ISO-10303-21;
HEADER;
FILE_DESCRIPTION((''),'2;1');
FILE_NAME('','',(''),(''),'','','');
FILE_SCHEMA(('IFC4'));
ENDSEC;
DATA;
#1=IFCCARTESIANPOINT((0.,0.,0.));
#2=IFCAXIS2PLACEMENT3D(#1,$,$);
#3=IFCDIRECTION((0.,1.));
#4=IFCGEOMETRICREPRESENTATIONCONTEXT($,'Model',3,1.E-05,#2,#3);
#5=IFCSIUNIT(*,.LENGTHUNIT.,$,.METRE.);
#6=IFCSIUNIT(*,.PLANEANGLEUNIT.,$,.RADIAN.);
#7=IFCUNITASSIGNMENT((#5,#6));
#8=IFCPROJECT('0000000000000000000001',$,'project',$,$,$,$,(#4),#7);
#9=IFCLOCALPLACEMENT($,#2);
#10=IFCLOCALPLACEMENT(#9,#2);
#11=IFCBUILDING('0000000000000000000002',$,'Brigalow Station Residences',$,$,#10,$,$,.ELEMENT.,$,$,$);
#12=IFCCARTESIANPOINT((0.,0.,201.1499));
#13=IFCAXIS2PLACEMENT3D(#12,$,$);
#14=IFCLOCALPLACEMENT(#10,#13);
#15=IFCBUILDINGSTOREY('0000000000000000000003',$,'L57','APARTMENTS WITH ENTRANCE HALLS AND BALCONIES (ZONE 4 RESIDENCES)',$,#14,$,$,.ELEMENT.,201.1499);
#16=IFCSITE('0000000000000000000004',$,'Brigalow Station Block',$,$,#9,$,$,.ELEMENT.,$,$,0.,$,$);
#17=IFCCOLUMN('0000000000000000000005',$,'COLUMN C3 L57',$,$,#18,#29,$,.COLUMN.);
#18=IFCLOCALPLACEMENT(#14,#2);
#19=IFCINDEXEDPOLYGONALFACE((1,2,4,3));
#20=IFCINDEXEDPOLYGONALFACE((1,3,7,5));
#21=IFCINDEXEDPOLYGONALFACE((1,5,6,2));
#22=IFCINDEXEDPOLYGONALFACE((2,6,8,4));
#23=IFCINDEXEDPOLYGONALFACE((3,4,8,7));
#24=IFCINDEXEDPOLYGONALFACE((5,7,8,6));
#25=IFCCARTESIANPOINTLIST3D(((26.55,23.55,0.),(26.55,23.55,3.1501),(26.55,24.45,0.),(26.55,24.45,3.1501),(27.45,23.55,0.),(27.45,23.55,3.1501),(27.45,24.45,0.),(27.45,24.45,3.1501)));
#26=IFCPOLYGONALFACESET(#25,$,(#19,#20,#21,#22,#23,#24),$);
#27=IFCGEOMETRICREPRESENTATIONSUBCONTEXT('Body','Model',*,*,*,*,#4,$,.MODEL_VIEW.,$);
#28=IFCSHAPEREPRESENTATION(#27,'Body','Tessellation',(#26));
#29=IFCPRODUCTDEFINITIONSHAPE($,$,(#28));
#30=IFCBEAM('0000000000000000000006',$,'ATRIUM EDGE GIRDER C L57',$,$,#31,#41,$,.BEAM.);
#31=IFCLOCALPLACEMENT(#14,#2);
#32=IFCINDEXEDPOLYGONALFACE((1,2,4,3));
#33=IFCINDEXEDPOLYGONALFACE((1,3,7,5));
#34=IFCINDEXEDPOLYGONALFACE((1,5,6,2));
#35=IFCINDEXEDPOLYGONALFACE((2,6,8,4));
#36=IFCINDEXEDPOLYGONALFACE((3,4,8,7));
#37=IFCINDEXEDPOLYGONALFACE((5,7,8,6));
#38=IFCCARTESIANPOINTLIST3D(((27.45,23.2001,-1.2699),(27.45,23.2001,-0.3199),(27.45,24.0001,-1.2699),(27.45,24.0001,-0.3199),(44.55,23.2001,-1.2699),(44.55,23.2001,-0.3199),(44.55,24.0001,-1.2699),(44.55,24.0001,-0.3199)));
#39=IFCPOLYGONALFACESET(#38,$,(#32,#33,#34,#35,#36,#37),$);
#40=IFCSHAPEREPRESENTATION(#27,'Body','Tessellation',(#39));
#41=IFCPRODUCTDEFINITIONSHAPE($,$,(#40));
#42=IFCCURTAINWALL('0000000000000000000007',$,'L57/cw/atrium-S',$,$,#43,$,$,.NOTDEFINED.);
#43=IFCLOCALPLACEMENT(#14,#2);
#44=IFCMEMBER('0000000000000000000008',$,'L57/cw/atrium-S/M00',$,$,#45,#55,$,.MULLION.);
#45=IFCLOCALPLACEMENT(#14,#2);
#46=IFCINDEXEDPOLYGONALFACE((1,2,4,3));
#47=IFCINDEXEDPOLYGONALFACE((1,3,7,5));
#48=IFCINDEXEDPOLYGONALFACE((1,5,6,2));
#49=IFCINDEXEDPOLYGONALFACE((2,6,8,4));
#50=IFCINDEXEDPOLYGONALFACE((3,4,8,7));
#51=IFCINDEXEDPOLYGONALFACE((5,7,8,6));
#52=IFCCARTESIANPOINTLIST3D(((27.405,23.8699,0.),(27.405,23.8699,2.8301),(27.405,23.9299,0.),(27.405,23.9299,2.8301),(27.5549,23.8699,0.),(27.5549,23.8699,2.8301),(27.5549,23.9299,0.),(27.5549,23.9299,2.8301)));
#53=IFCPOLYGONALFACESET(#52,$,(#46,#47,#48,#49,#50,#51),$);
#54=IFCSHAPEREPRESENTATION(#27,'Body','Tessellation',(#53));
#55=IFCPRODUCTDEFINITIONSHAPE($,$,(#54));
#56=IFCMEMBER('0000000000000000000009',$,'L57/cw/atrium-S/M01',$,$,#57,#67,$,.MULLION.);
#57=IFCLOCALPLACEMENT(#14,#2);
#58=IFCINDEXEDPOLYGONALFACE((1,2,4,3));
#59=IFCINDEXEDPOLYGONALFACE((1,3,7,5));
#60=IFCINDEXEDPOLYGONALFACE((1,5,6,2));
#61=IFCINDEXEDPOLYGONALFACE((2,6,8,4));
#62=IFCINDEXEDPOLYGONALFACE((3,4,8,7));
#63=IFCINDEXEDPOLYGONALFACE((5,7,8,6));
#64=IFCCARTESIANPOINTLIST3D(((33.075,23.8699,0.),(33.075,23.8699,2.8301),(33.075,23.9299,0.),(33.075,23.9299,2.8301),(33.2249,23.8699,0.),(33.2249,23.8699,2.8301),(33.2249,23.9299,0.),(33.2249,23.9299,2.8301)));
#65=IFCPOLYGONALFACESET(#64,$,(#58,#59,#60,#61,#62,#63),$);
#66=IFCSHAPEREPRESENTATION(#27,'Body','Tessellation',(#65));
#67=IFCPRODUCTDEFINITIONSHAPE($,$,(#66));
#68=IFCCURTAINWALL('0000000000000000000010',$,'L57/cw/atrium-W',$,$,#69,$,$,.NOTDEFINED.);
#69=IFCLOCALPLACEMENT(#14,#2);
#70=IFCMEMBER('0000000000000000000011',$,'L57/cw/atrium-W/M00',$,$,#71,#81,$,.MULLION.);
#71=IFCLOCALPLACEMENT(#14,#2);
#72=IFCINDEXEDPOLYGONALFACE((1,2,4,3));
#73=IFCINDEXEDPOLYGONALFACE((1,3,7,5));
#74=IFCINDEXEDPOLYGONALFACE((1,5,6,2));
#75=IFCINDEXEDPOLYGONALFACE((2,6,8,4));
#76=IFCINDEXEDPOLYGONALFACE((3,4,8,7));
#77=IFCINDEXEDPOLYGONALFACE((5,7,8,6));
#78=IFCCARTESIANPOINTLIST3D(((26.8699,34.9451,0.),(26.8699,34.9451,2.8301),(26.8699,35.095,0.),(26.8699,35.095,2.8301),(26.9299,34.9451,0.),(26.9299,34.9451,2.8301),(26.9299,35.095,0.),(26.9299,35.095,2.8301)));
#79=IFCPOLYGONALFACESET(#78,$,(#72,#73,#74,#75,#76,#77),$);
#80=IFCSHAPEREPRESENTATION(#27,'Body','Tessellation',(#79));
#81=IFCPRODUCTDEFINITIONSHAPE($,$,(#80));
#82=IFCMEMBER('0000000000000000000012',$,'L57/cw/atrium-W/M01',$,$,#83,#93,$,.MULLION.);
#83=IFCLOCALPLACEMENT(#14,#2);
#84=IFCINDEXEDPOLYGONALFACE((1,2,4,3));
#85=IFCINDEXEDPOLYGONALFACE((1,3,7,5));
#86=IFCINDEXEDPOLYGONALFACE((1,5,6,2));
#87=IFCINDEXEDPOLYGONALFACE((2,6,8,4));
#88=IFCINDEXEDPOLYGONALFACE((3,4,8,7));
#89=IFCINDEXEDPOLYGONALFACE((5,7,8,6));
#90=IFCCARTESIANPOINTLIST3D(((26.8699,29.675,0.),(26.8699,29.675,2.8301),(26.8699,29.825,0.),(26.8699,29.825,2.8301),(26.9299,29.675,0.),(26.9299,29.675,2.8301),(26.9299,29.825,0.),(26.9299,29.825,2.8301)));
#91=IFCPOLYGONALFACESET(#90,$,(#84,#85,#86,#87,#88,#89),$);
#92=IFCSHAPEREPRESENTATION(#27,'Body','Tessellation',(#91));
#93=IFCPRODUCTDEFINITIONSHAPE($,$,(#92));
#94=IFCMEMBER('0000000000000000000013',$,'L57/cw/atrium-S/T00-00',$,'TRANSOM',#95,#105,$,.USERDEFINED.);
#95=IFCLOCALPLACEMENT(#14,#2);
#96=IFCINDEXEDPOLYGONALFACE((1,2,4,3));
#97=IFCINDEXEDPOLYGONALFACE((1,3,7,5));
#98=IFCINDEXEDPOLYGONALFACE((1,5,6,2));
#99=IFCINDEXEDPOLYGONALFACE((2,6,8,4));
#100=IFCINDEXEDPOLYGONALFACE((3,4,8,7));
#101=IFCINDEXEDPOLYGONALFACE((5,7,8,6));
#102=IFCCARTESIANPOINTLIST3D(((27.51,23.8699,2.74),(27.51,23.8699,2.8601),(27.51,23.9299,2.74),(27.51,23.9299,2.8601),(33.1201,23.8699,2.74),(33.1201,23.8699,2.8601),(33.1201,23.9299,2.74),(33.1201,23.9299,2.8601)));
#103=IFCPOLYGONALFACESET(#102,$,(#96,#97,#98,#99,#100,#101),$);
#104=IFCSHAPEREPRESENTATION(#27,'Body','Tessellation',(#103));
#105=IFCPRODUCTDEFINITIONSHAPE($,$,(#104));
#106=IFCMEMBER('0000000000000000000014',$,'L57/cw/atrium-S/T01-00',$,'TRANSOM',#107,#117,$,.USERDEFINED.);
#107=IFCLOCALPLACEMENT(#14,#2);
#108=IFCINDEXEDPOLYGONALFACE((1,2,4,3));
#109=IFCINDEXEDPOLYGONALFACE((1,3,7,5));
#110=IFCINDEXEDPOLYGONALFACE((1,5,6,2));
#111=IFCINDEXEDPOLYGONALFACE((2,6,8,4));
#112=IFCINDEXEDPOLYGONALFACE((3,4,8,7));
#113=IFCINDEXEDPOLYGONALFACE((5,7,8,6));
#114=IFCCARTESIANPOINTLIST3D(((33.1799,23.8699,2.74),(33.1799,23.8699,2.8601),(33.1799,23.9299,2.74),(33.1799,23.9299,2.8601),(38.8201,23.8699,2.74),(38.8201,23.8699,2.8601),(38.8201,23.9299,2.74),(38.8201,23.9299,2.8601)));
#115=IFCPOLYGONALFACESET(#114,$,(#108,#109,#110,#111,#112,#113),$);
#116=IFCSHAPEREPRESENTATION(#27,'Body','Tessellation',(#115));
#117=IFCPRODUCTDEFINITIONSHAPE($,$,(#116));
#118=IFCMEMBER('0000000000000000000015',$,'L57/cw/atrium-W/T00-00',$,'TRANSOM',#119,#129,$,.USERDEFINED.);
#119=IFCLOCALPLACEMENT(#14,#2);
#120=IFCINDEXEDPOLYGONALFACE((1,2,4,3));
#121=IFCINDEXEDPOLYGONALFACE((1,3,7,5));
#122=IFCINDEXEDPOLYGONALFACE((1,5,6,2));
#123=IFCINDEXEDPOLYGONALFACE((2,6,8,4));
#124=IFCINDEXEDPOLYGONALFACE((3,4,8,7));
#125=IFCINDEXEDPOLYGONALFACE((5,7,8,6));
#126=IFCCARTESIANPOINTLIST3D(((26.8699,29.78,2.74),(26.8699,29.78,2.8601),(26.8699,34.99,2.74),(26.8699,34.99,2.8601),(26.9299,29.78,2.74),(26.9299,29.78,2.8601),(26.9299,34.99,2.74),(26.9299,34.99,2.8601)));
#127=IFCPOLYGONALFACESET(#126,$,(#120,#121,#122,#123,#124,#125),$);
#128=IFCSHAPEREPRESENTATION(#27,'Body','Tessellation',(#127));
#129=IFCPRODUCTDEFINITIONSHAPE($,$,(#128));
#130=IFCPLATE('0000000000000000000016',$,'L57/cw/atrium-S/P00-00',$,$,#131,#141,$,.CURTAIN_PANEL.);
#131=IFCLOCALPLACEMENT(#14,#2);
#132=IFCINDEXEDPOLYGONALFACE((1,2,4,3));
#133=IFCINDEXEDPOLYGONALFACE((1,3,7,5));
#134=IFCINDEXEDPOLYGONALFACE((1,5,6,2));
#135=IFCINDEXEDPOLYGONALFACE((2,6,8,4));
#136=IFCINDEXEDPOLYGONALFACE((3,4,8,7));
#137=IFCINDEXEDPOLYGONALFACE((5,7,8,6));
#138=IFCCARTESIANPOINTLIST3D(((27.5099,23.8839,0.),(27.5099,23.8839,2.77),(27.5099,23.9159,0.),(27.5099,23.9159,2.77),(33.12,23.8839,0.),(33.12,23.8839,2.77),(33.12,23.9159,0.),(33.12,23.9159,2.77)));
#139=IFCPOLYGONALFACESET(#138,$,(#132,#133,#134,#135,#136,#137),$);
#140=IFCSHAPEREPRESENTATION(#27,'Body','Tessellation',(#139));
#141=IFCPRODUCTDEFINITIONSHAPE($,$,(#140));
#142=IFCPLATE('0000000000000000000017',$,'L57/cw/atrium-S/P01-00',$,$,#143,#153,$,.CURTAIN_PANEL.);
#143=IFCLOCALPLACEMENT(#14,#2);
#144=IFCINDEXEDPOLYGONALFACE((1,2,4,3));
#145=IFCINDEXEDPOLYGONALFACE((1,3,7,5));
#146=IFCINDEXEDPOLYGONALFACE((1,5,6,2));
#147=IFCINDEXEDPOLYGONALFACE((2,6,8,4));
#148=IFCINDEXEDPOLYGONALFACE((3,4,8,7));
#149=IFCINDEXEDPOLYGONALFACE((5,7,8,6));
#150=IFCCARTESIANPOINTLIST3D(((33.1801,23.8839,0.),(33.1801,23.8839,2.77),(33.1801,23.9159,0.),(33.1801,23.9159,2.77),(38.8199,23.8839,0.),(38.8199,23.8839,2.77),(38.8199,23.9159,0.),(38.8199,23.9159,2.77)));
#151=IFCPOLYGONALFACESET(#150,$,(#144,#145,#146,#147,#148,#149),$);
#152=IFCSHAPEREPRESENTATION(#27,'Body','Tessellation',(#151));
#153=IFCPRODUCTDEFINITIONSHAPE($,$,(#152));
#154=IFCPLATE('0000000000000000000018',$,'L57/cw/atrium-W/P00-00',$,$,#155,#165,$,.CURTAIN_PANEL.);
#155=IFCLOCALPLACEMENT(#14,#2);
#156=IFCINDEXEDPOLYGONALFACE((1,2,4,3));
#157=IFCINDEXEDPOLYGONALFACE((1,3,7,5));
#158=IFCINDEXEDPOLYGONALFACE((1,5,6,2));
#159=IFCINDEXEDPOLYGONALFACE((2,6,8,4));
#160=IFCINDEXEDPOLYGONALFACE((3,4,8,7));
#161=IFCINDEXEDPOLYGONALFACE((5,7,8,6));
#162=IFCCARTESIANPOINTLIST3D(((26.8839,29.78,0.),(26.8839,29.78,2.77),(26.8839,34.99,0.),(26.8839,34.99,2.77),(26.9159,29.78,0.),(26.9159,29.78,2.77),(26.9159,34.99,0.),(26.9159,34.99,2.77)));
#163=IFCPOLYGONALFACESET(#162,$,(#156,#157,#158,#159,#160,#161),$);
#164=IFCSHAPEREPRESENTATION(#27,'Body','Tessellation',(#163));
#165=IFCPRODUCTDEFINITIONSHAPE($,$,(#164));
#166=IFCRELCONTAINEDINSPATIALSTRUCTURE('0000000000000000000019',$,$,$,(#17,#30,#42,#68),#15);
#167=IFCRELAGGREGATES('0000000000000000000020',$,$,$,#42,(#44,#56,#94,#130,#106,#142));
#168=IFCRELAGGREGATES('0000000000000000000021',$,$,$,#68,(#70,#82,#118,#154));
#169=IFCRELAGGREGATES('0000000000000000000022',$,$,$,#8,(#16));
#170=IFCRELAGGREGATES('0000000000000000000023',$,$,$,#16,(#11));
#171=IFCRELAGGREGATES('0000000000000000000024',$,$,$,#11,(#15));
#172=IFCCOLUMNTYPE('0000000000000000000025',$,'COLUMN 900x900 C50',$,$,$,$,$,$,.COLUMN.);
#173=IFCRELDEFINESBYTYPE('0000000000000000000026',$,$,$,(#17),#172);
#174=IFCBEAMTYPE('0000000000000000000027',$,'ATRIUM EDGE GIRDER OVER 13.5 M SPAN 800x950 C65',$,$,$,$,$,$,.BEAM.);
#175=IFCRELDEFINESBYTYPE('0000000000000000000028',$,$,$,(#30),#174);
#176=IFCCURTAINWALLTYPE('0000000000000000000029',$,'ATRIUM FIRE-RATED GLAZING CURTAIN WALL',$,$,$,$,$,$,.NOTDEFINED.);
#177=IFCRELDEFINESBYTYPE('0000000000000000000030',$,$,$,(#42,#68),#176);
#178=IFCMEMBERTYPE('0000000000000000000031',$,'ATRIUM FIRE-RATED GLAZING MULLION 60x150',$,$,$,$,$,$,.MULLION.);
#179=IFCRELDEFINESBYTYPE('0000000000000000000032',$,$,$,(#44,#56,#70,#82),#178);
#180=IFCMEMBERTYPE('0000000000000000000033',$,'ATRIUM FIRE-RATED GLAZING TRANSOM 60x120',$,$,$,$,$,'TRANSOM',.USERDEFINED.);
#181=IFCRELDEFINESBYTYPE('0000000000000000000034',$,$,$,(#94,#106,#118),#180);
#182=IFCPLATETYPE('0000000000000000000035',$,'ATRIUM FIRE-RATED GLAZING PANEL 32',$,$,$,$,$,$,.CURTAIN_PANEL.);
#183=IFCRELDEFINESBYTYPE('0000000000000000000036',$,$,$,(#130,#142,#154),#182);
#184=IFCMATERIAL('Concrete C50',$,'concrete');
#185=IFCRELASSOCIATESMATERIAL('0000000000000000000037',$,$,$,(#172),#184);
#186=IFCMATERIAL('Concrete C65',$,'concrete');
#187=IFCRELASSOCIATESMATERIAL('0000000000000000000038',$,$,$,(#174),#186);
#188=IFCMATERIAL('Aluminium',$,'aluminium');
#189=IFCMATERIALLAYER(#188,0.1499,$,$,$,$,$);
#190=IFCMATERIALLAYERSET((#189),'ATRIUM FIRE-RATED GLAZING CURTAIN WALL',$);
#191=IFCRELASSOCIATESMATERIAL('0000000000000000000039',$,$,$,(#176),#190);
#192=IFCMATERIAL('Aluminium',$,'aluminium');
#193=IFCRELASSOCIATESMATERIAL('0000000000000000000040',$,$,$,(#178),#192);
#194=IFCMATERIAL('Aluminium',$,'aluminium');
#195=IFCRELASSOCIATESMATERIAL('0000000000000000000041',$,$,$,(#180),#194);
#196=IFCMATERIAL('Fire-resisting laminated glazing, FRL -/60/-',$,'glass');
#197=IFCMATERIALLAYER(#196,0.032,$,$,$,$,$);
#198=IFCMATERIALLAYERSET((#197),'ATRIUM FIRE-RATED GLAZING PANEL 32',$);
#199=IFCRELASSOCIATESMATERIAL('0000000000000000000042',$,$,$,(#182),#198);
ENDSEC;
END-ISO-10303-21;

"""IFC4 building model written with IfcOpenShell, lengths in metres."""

from ifc_helpers import new_model, si_unit, direction, frame, origin, origin_2d, place, context, subcontext, project, spatial, rectangle, extrude, material, layer, layer_set, material_profile, profile_set, type_object, element, aggregate, save


model = new_model("IFC4")

# Units and contexts
model_context = context("Model", 3, precision=1e-05, world=origin(), true_north=direction((0.0, 1.0)))
body_context = subcontext(model_context, "Body", "Model", "MODEL_VIEW")
ifc_project = project(units=[si_unit("LENGTHUNIT", "METRE"), si_unit("PLANEANGLEUNIT", "RADIAN")], contexts=[model_context])

# Site, building, storey
site_placement = place(None, origin())
site = spatial("IfcSite", under=ifc_project, at=site_placement, Name="Brigalow Station Block", CompositionType="ELEMENT", RefElevation=0.0)
building_placement = place(site_placement, origin())
building = spatial("IfcBuilding", under=site, at=building_placement, Name="Brigalow Station Residences", CompositionType="ELEMENT")
storey_placement = place(building_placement, frame((0.0, 0.0, 201.1499)))
storey = spatial("IfcBuildingStorey", under=building, at=storey_placement, Name="L57", Description="APARTMENTS WITH ENTRANCE HALLS AND BALCONIES (ZONE 4 RESIDENCES)", CompositionType="ELEMENT", Elevation=201.1499)

# Column
ifc_material_1 = material(Name="Concrete C50", Category="concrete")
ifc_material_profile_1 = material_profile(ifc_material_1, rectangle(XDim=0.8999, YDim=0.8999, at=origin_2d()), Name="RC900x900")
ifc_profile_set_1 = profile_set([ifc_material_profile_1], Name="Concrete C50")
column_type = type_object("IfcColumnType", Name="COLUMN 900x900 C50", PredefinedType="COLUMN", material=ifc_profile_set_1)
column_placement = place(storey_placement, frame((27.0, 24.0, 0.0), z_axis=(0.0, 0.0, 1.0), x_axis=(1.0, 0.0, 0.0)))
element("IfcColumn", 1, at=column_placement, inside=storey, type_object=column_type, Name="COLUMN C3 L57", PredefinedType="COLUMN", context=body_context, shape_type="SweptSolid", body=[
    extrude(rectangle(XDim=0.8999, YDim=0.8999, at=origin_2d()), origin(), (0.0, 0.0, 1.0), 3.1501),
])

# Beam
ifc_material_2 = material(Name="Concrete C65", Category="concrete")
ifc_material_profile_2 = material_profile(ifc_material_2, rectangle(XDim=0.8, YDim=0.95, at=origin_2d()), Name="RC800x950")
ifc_profile_set_2 = profile_set([ifc_material_profile_2], Name="Concrete C65")
beam_type = type_object("IfcBeamType", Name="ATRIUM EDGE GIRDER OVER 13.5 M SPAN 800x950 C65", PredefinedType="BEAM", material=ifc_profile_set_2)
beam_placement = place(storey_placement, frame((27.45, 23.6001, -0.7949), z_axis=(1.0, 0.0, 0.0), x_axis=(0.0, 1.0, 0.0)))
element("IfcBeam", 2, at=beam_placement, inside=storey, type_object=beam_type, Name="ATRIUM EDGE GIRDER C L57", PredefinedType="BEAM", context=body_context, shape_type="SweptSolid", body=[
    extrude(rectangle(XDim=0.8, YDim=0.95, at=origin_2d()), origin(), (0.0, 0.0, 1.0), 17.1001),
])

# Curtain walls, members
ifc_material_3 = material(Name="Aluminium", Category="aluminium")
ifc_layer_1 = layer(ifc_material_3, 0.1499)
ifc_layer_set_1 = layer_set([ifc_layer_1], Name="ATRIUM FIRE-RATED GLAZING CURTAIN WALL")
curtain_wall_type = type_object("IfcCurtainWallType", Name="ATRIUM FIRE-RATED GLAZING CURTAIN WALL", PredefinedType="NOTDEFINED", material=ifc_layer_set_1)
curtain_wall_1_placement = place(storey_placement, origin())
curtain_wall_1 = element("IfcCurtainWall", 3, at=curtain_wall_1_placement, inside=storey, type_object=curtain_wall_type, Name="L57/cw/atrium-S", PredefinedType="NOTDEFINED")
ifc_material_4 = material(Name="Aluminium", Category="aluminium")
ifc_material_profile_3 = material_profile(ifc_material_4, rectangle(XDim=0.0601, YDim=0.1499, at=origin_2d()), Name="ATRIUM FIRE-RATED GLAZING MULLION 60x150")
ifc_profile_set_3 = profile_set([ifc_material_profile_3], Name="Aluminium")
member_type_1 = type_object("IfcMemberType", Name="ATRIUM FIRE-RATED GLAZING MULLION 60x150", PredefinedType="MULLION", material=ifc_profile_set_3)
member_1_placement = place(storey_placement, frame((27.48, 23.8999, 0.0), z_axis=(0.0, 0.0, 1.0), x_axis=(0.0, 1.0, 0.0)))
member_1 = element("IfcMember", 4, at=member_1_placement, type_object=member_type_1, Name="L57/cw/atrium-S/M00", PredefinedType="MULLION", context=body_context, shape_type="SweptSolid", body=[
    extrude(rectangle(XDim=0.0601, YDim=0.1499, at=origin_2d()), origin(), (0.0, 0.0, 1.0), 2.8301),
])
member_2_placement = place(storey_placement, frame((33.1499, 23.8999, 0.0), z_axis=(0.0, 0.0, 1.0), x_axis=(0.0, 1.0, 0.0)))
member_2 = element("IfcMember", 5, at=member_2_placement, type_object=member_type_1, Name="L57/cw/atrium-S/M01", PredefinedType="MULLION", context=body_context, shape_type="SweptSolid", body=[
    extrude(rectangle(XDim=0.0601, YDim=0.1499, at=origin_2d()), origin(), (0.0, 0.0, 1.0), 2.8301),
])
curtain_wall_2_placement = place(storey_placement, origin())
curtain_wall_2 = element("IfcCurtainWall", 6, at=curtain_wall_2_placement, inside=storey, type_object=curtain_wall_type, Name="L57/cw/atrium-W", PredefinedType="NOTDEFINED")
member_3_placement = place(storey_placement, frame((26.8999, 35.02, 0.0), z_axis=(0.0, 0.0, 1.0), x_axis=(1.0, 0.0, 0.0)))
member_3 = element("IfcMember", 7, at=member_3_placement, type_object=member_type_1, Name="L57/cw/atrium-W/M00", PredefinedType="MULLION", context=body_context, shape_type="SweptSolid", body=[
    extrude(rectangle(XDim=0.0601, YDim=0.1499, at=origin_2d()), origin(), (0.0, 0.0, 1.0), 2.8301),
])
member_4_placement = place(storey_placement, frame((26.8999, 29.75, 0.0), z_axis=(0.0, 0.0, 1.0), x_axis=(1.0, 0.0, 0.0)))
member_4 = element("IfcMember", 8, at=member_4_placement, type_object=member_type_1, Name="L57/cw/atrium-W/M01", PredefinedType="MULLION", context=body_context, shape_type="SweptSolid", body=[
    extrude(rectangle(XDim=0.0601, YDim=0.1499, at=origin_2d()), origin(), (0.0, 0.0, 1.0), 2.8301),
])

# Members
ifc_material_5 = material(Name="Aluminium", Category="aluminium")
ifc_material_profile_4 = material_profile(ifc_material_5, rectangle(XDim=0.0601, YDim=0.1201, at=origin_2d()), Name="ATRIUM FIRE-RATED GLAZING TRANSOM 60x120")
ifc_profile_set_4 = profile_set([ifc_material_profile_4], Name="Aluminium")
member_type_2 = type_object("IfcMemberType", Name="ATRIUM FIRE-RATED GLAZING TRANSOM 60x120", ElementType="TRANSOM", PredefinedType="USERDEFINED", material=ifc_profile_set_4)
member_5_placement = place(storey_placement, frame((27.51, 23.8999, 2.8), z_axis=(1.0, 0.0, 0.0), x_axis=(0.0, 1.0, 0.0)))
member_5 = element("IfcMember", 9, at=member_5_placement, type_object=member_type_2, Name="L57/cw/atrium-S/T00-00", ObjectType="TRANSOM", PredefinedType="USERDEFINED", context=body_context, shape_type="SweptSolid", body=[
    extrude(rectangle(XDim=0.0601, YDim=0.1201, at=origin_2d()), origin(), (0.0, 0.0, 1.0), 5.6101),
])
member_6_placement = place(storey_placement, frame((33.1799, 23.8999, 2.8), z_axis=(1.0, 0.0, 0.0), x_axis=(0.0, 1.0, 0.0)))
member_6 = element("IfcMember", 10, at=member_6_placement, type_object=member_type_2, Name="L57/cw/atrium-S/T01-00", ObjectType="TRANSOM", PredefinedType="USERDEFINED", context=body_context, shape_type="SweptSolid", body=[
    extrude(rectangle(XDim=0.0601, YDim=0.1201, at=origin_2d()), origin(), (0.0, 0.0, 1.0), 5.6401),
])
member_7_placement = place(storey_placement, frame((26.8999, 34.99, 2.8), z_axis=(0.0, -1.0, 0.0), x_axis=(1.0, 0.0, 0.0)))
member_7 = element("IfcMember", 11, at=member_7_placement, type_object=member_type_2, Name="L57/cw/atrium-W/T00-00", ObjectType="TRANSOM", PredefinedType="USERDEFINED", context=body_context, shape_type="SweptSolid", body=[
    extrude(rectangle(XDim=0.0601, YDim=0.1201, at=origin_2d()), origin(), (0.0, 0.0, 1.0), 5.21),
])

# Plates
ifc_material_6 = material(Name="Fire-resisting laminated glazing, FRL -/60/-", Category="glass")
ifc_layer_2 = layer(ifc_material_6, 0.032)
ifc_layer_set_2 = layer_set([ifc_layer_2], Name="ATRIUM FIRE-RATED GLAZING PANEL 32")
plate_type = type_object("IfcPlateType", Name="ATRIUM FIRE-RATED GLAZING PANEL 32", PredefinedType="CURTAIN_PANEL", material=ifc_layer_set_2)
plate_1_placement = place(storey_placement, frame((30.3149, 23.8999, 0.0), z_axis=(0.0, 0.0, 1.0), x_axis=(1.0, 0.0, 0.0)))
plate_1 = element("IfcPlate", 12, at=plate_1_placement, type_object=plate_type, Name="L57/cw/atrium-S/P00-00", PredefinedType="CURTAIN_PANEL", context=body_context, shape_type="SweptSolid", body=[
    extrude(rectangle(XDim=5.6101, YDim=0.032, at=origin_2d()), origin(), (0.0, 0.0, 1.0), 2.77),
])
plate_2_placement = place(storey_placement, frame((36.0, 23.8999, 0.0), z_axis=(0.0, 0.0, 1.0), x_axis=(1.0, 0.0, 0.0)))
plate_2 = element("IfcPlate", 13, at=plate_2_placement, type_object=plate_type, Name="L57/cw/atrium-S/P01-00", PredefinedType="CURTAIN_PANEL", context=body_context, shape_type="SweptSolid", body=[
    extrude(rectangle(XDim=5.6399, YDim=0.032, at=origin_2d()), origin(), (0.0, 0.0, 1.0), 2.77),
])
aggregate(curtain_wall_1, [member_1, member_2, member_5, plate_1, member_6, plate_2])
plate_3_placement = place(storey_placement, frame((26.8999, 32.385, 0.0), z_axis=(0.0, 0.0, 1.0), x_axis=(0.0, -1.0, 0.0)))
plate_3 = element("IfcPlate", 14, at=plate_3_placement, type_object=plate_type, Name="L57/cw/atrium-W/P00-00", PredefinedType="CURTAIN_PANEL", context=body_context, shape_type="SweptSolid", body=[
    extrude(rectangle(XDim=5.21, YDim=0.032, at=origin_2d()), origin(), (0.0, 0.0, 1.0), 2.77),
])
aggregate(curtain_wall_2, [member_3, member_4, member_7, plate_3])

save(model, "model.ifc")
